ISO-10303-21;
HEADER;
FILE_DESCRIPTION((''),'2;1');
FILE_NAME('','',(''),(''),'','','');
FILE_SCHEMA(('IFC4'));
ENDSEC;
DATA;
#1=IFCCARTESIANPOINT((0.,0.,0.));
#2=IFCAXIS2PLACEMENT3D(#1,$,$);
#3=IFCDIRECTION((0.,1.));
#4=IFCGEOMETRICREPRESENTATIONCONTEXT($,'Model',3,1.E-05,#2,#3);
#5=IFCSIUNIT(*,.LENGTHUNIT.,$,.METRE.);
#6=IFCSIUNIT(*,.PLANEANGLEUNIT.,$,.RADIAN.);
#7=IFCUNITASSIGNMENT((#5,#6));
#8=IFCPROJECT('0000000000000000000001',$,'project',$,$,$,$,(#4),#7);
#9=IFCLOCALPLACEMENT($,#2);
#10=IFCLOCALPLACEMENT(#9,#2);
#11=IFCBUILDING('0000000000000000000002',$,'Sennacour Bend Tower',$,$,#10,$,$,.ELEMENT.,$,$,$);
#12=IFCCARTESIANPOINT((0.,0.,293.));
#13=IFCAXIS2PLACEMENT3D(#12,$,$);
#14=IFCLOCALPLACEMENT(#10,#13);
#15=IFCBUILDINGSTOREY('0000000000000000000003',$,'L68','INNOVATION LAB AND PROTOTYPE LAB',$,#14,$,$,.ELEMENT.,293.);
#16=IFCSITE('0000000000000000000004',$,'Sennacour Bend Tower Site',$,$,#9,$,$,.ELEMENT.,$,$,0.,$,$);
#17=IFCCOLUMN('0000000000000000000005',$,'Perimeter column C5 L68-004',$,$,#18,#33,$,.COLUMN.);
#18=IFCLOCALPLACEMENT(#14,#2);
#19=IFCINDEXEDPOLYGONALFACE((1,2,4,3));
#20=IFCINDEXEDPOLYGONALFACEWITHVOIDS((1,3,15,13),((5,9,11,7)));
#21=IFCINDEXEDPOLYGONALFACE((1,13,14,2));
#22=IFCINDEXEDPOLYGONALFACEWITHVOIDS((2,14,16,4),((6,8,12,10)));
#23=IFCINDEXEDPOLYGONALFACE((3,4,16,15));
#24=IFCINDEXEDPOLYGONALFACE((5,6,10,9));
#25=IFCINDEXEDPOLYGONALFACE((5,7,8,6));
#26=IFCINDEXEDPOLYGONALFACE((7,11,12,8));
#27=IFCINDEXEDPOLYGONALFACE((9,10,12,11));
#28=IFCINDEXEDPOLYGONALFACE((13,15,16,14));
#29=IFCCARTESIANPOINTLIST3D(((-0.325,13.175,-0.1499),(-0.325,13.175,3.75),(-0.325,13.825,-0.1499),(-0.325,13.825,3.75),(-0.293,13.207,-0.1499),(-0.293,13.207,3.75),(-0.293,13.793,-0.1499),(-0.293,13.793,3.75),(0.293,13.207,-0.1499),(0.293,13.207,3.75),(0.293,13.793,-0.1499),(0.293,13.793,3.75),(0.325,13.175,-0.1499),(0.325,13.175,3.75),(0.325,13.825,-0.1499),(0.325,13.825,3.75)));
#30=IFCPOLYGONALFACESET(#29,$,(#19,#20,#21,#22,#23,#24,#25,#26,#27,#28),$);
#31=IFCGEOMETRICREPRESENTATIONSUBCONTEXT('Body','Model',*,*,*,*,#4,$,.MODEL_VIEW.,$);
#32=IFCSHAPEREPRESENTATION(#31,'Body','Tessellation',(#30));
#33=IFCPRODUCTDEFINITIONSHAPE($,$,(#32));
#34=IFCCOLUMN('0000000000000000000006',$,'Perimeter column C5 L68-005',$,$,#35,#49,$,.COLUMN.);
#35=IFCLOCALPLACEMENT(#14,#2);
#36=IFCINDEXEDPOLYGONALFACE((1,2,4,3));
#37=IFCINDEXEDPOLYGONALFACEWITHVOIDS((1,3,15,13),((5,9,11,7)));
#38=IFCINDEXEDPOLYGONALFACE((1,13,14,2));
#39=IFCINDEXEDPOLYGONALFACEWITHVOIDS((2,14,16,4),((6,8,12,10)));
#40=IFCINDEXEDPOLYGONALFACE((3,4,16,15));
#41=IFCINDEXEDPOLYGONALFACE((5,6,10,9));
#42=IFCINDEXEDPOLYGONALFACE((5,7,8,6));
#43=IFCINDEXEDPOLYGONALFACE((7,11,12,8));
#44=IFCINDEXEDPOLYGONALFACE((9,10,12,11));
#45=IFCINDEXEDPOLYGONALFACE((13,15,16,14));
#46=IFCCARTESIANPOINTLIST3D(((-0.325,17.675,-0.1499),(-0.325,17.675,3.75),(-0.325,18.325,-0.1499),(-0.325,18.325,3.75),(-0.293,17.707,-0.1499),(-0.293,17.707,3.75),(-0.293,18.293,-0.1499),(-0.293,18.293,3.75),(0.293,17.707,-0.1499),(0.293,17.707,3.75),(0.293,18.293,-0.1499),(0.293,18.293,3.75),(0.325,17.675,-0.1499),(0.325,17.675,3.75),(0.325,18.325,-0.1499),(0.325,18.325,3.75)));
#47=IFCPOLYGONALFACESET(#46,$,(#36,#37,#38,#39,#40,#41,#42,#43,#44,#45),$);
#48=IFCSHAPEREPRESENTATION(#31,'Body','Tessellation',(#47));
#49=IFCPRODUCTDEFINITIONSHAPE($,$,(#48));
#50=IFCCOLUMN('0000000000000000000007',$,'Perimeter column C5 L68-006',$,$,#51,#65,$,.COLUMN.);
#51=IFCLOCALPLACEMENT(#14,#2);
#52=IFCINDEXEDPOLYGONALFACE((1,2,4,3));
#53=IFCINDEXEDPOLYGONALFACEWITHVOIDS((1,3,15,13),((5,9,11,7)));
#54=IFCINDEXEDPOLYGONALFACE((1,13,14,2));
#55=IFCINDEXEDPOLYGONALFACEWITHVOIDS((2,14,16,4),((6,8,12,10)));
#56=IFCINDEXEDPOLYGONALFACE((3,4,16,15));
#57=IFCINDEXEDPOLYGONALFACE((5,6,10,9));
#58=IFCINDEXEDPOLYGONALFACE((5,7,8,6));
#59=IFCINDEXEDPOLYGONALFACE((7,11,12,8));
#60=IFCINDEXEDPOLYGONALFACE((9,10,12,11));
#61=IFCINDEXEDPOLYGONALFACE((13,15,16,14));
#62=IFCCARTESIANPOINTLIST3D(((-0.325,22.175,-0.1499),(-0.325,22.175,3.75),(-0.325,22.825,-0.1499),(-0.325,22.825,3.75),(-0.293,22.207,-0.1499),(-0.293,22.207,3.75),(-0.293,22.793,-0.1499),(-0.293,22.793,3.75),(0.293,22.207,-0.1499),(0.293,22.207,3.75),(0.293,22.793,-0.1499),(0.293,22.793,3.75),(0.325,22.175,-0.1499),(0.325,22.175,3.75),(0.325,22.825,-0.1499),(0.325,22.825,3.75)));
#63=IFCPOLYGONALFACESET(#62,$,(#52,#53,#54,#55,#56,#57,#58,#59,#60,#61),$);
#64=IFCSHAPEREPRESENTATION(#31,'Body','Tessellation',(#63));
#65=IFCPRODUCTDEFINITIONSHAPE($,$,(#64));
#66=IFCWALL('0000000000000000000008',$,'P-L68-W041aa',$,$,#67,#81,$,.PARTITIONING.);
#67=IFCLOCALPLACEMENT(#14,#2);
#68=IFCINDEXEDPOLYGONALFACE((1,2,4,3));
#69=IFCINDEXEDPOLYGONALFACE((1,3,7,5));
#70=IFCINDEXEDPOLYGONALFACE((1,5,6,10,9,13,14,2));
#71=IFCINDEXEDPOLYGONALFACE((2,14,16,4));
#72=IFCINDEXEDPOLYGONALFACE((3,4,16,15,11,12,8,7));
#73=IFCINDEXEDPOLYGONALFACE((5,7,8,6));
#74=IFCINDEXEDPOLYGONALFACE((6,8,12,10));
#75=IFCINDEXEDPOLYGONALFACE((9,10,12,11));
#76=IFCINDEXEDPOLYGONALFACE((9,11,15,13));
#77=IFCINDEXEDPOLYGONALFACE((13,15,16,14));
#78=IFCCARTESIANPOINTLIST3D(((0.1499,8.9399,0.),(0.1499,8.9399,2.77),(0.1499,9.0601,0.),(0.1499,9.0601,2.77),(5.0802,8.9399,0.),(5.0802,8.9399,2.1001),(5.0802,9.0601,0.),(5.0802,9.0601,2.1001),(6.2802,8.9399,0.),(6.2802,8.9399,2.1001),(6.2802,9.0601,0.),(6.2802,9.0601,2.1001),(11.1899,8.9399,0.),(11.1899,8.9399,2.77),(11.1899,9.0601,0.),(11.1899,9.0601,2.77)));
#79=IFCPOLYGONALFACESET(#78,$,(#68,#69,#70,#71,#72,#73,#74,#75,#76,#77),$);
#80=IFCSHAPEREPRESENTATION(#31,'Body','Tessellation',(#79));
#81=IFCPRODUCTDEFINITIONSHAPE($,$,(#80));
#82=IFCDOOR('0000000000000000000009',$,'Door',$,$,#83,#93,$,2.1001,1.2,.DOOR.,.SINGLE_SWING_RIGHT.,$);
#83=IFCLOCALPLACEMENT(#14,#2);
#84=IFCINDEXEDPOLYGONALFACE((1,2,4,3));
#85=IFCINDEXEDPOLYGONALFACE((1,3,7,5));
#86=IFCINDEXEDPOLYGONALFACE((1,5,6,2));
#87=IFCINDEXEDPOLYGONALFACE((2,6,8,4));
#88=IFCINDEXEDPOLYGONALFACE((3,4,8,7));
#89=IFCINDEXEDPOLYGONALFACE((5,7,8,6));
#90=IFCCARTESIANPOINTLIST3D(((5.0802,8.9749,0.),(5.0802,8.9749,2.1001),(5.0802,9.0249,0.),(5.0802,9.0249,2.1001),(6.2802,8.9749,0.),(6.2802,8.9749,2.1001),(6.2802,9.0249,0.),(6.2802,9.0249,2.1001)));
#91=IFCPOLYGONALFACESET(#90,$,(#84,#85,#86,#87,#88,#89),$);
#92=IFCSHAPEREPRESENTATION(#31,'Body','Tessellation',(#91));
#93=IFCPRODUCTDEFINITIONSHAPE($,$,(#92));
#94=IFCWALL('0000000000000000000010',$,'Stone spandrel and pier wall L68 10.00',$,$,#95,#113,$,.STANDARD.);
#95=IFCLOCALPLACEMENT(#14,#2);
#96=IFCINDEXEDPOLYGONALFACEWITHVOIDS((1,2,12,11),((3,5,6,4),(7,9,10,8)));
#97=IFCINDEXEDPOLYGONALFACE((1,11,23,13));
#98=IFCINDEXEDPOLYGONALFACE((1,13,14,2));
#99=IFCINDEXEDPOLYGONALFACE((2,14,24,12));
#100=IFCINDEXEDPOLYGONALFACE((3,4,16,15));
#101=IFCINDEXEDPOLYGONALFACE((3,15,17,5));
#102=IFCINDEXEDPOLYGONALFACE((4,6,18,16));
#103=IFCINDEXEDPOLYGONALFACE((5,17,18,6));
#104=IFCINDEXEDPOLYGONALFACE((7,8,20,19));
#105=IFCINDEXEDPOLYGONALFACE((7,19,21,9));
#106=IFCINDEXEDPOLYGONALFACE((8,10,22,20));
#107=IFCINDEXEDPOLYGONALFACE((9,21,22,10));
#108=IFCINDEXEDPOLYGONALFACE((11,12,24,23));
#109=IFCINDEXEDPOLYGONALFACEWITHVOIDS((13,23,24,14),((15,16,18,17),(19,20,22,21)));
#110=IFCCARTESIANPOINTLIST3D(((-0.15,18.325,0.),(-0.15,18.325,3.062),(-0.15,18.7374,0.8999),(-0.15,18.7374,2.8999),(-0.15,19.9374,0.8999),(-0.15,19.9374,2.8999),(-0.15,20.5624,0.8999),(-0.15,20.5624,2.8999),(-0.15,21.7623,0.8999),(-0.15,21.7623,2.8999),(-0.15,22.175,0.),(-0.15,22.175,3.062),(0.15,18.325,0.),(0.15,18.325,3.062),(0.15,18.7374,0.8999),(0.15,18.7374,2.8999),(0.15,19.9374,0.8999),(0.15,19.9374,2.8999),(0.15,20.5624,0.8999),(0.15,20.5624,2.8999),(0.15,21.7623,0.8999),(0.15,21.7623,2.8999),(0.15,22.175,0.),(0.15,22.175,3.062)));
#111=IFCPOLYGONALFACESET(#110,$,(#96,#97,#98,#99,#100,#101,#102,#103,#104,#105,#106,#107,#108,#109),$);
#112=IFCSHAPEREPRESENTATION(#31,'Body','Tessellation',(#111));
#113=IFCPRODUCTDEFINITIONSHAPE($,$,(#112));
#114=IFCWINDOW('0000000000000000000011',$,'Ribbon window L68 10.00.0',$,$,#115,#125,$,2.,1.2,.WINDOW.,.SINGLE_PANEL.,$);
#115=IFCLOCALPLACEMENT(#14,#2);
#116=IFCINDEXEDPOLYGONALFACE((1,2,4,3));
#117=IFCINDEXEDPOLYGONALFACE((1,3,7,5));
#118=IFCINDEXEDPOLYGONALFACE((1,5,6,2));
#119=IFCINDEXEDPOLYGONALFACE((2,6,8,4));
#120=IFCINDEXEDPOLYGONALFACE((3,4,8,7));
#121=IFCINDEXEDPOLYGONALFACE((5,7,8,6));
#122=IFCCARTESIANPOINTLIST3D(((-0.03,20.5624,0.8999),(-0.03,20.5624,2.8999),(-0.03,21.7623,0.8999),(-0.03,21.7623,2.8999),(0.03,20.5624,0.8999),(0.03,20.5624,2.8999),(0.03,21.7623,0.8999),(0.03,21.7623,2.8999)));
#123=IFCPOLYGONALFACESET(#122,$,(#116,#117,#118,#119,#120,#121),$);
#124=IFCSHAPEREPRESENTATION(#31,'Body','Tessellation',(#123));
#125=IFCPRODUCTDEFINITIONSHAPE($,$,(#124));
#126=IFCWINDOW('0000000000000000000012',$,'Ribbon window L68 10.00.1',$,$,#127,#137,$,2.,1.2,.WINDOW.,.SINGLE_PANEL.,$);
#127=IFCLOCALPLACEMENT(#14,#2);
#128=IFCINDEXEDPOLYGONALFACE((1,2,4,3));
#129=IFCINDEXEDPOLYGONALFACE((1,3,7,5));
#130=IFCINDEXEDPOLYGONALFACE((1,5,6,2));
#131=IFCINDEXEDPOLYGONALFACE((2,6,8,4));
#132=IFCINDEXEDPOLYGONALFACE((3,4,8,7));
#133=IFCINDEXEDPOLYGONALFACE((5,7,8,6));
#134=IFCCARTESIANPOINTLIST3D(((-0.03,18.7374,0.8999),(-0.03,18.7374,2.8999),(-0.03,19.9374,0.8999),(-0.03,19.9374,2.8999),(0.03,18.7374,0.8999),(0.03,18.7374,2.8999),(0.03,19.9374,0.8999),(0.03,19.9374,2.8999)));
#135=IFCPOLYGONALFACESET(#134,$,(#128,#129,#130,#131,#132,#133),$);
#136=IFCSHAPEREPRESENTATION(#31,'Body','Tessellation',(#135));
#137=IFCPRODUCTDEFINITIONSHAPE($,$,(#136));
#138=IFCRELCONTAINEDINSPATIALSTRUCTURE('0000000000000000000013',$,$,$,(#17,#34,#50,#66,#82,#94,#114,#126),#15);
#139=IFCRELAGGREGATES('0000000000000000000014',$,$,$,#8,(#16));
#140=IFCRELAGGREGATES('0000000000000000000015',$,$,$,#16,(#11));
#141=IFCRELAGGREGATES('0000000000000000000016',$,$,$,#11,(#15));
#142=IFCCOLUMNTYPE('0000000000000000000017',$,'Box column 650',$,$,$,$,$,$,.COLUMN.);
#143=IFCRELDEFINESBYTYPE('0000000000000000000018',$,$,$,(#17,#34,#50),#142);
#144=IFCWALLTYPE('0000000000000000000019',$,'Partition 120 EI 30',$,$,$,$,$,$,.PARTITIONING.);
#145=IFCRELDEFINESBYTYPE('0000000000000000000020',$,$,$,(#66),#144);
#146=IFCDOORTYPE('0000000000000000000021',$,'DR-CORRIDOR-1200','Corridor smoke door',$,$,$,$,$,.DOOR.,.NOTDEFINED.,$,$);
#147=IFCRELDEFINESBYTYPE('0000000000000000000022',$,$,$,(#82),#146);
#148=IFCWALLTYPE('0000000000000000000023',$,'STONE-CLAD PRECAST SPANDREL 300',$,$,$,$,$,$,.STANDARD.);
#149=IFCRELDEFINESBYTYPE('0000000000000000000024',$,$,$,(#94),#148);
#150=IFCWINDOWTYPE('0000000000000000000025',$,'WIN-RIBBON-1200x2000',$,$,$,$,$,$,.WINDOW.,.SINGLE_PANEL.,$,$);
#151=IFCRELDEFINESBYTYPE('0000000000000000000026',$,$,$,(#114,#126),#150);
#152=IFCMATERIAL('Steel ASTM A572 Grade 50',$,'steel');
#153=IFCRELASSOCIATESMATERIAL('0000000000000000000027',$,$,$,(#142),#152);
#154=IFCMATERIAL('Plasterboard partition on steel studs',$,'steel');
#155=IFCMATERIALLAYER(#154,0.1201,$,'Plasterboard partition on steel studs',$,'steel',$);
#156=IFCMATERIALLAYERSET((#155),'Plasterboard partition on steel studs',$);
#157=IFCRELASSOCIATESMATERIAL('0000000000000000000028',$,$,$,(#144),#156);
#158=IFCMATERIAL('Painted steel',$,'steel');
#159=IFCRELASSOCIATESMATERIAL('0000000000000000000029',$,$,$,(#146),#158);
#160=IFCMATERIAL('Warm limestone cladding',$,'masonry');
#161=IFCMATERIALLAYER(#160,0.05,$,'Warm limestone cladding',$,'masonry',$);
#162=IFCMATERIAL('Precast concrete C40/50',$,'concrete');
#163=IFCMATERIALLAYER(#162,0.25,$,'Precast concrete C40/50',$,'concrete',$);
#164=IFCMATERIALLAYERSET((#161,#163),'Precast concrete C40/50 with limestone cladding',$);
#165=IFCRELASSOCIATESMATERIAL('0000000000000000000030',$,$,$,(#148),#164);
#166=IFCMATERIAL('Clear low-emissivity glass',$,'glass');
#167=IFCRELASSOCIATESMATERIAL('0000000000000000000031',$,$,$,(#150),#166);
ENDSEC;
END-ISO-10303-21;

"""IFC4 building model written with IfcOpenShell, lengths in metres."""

from ifc_helpers import new_model, si_unit, direction, frame, frame_2d, origin, origin_2d, place, context, subcontext, project, spatial, rectangle, hollow_rectangle, extrude, material, layer, layer_set, material_profile, profile_set, type_object, element, fill, save


model = new_model("IFC4")

# Units and contexts
model_context = context("Model", 3, precision=1e-05, world=origin(), true_north=direction((0.0, 1.0)))
body_context = subcontext(model_context, "Body", "Model", "MODEL_VIEW")
ifc_project = project(units=[si_unit("LENGTHUNIT", "METRE"), si_unit("PLANEANGLEUNIT", "RADIAN")], contexts=[model_context])

# Site, building, storey
site_placement = place(None, origin())
site = spatial("IfcSite", under=ifc_project, at=site_placement, Name="Sennacour Bend Tower Site", CompositionType="ELEMENT", RefElevation=0.0)
building_placement = place(site_placement, origin())
building = spatial("IfcBuilding", under=site, at=building_placement, Name="Sennacour Bend Tower", CompositionType="ELEMENT")
storey_placement = place(building_placement, frame((0.0, 0.0, 293.0)))
storey = spatial("IfcBuildingStorey", under=building, at=storey_placement, Name="L68", Description="INNOVATION LAB AND PROTOTYPE LAB", CompositionType="ELEMENT", Elevation=293.0)

# Columns
ifc_material_1 = material(Name="Steel ASTM A572 Grade 50", Category="steel")
ifc_material_profile = material_profile(ifc_material_1, hollow_rectangle(XDim=0.6499, YDim=0.6499, WallThickness=0.032, at=origin_2d()), Name="Steel ASTM A572 Grade 50", Category="steel")
ifc_profile_set = profile_set([ifc_material_profile], Name="Steel ASTM A572 Grade 50")
column_type = type_object("IfcColumnType", Name="Box column 650", PredefinedType="COLUMN", material=ifc_profile_set)
for number, where, z_axis, x_axis, name in (
    (1, (0.0, 13.5, -0.1499), (0.0, 0.0, 1.0), (1.0, 0.0, 0.0), "Perimeter column C5 L68-004"),
    (2, (0.0, 18.0, -0.1499), (0.0, 0.0, 1.0), (1.0, 0.0, 0.0), "Perimeter column C5 L68-005"),
    (3, (0.0, 22.5, -0.1499), (0.0, 0.0, 1.0), (1.0, 0.0, 0.0), "Perimeter column C5 L68-006"),
):
    element("IfcColumn", number, at=place(storey_placement, frame(where, z_axis=z_axis, x_axis=x_axis)), inside=storey, type_object=column_type, Name=name, PredefinedType="COLUMN", context=body_context, shape_type="SweptSolid", body=[
        extrude(hollow_rectangle(XDim=0.6499, YDim=0.6499, WallThickness=0.032, at=origin_2d()), origin(), (0.0, 0.0, 1.0), 3.8999),
    ])

# Wall, opening, door
ifc_material_2 = material(Name="Plasterboard partition on steel studs", Category="steel")
ifc_layer_1 = layer(ifc_material_2, 0.1201, Name="Plasterboard partition on steel studs", Category="steel")
ifc_layer_set_1 = layer_set([ifc_layer_1], Name="Plasterboard partition on steel studs")
wall_type_1 = type_object("IfcWallType", Name="Partition 120 EI 30", PredefinedType="PARTITIONING", material=ifc_layer_set_1)
wall_1_placement = place(storey_placement, frame((0.1499, 9.0, 0.0), z_axis=(0.0, 0.0, 1.0), x_axis=(1.0, 0.0, 0.0)))
wall_1 = element("IfcWall", 4, at=wall_1_placement, inside=storey, type_object=wall_type_1, Name="P-L68-W041aa", PredefinedType="PARTITIONING", context=body_context, shape_type="SweptSolid", body=[
    extrude(rectangle(XDim=11.04, YDim=0.1201, at=frame_2d((5.52, 0.0))), origin(), (0.0, 0.0, 1.0), 2.77),
])
opening_1_placement = place(wall_1_placement, frame((4.9302, 0.0, 0.0)))
opening_1 = element("IfcOpeningElement", 5, at=opening_1_placement, cuts=wall_1, PredefinedType="OPENING", context=body_context, shape_type="SweptSolid", body=[
    extrude(rectangle(XDim=1.2, YDim=2.1001, at=frame_2d((0.6001, 1.05))), frame((0.0, 0.0701, 0.0), z_axis=(0.0, -1.0, 0.0), x_axis=(1.0, 0.0, 0.0)), (0.0, 0.0, 1.0), 0.1401),
])
ifc_material_3 = material(Name="Painted steel", Category="steel")
door_type = type_object("IfcDoorType", Name="DR-CORRIDOR-1200", Description="Corridor smoke door", OperationType="NOTDEFINED", PredefinedType="DOOR", material=ifc_material_3)
door_placement = place(opening_1_placement, origin())
door = element("IfcDoor", 6, at=door_placement, inside=storey, type_object=door_type, Name="Door", OperationType="SINGLE_SWING_RIGHT", OverallHeight=2.1001, OverallWidth=1.2, PredefinedType="DOOR", context=body_context, shape_type="SweptSolid", body=[
    extrude(rectangle(XDim=1.2, YDim=2.1001, at=frame_2d((0.6001, 1.05))), frame((0.0, 0.0249, 0.0), z_axis=(0.0, -1.0, 0.0), x_axis=(1.0, 0.0, 0.0)), (0.0, 0.0, 1.0), 0.05),
])
fill(opening_1, door)

# Wall, openings, windows
ifc_material_4 = material(Name="Warm limestone cladding", Category="masonry")
ifc_layer_2 = layer(ifc_material_4, 0.05, Name="Warm limestone cladding", Category="masonry")
ifc_material_5 = material(Name="Precast concrete C40/50", Category="concrete")
ifc_layer_3 = layer(ifc_material_5, 0.25, Name="Precast concrete C40/50", Category="concrete")
ifc_layer_set_2 = layer_set([ifc_layer_2, ifc_layer_3], Name="Precast concrete C40/50 with limestone cladding")
wall_type_2 = type_object("IfcWallType", Name="STONE-CLAD PRECAST SPANDREL 300", PredefinedType="STANDARD", material=ifc_layer_set_2)
wall_2_placement = place(storey_placement, frame((0.0, 22.175, 0.0), z_axis=(0.0, 0.0, 1.0), x_axis=(0.0, -1.0, 0.0)))
wall_2 = element("IfcWall", 7, at=wall_2_placement, inside=storey, type_object=wall_type_2, Name="Stone spandrel and pier wall L68 10.00", PredefinedType="STANDARD", context=body_context, shape_type="SweptSolid", body=[
    extrude(rectangle(XDim=3.8501, YDim=0.3, at=frame_2d((1.925, 0.0))), origin(), (0.0, 0.0, 1.0), 3.062),
])
opening_2_placement = place(wall_2_placement, frame((0.4126, 0.0, 0.8999)))
opening_2 = element("IfcOpeningElement", 8, at=opening_2_placement, cuts=wall_2, PredefinedType="OPENING", context=body_context, shape_type="SweptSolid", body=[
    extrude(rectangle(XDim=1.2, YDim=2.0, at=frame_2d((0.6001, 1.0))), frame((0.0, 0.1602, 0.0), z_axis=(0.0, -1.0, 0.0), x_axis=(1.0, 0.0, 0.0)), (0.0, 0.0, 1.0), 0.3201),
])
opening_3_placement = place(wall_2_placement, frame((2.2375, 0.0, 0.8999)))
opening_3 = element("IfcOpeningElement", 9, at=opening_3_placement, cuts=wall_2, PredefinedType="OPENING", context=body_context, shape_type="SweptSolid", body=[
    extrude(rectangle(XDim=1.2, YDim=2.0, at=frame_2d((0.6001, 1.0))), frame((0.0, 0.1602, 0.0), z_axis=(0.0, -1.0, 0.0), x_axis=(1.0, 0.0, 0.0)), (0.0, 0.0, 1.0), 0.3201),
])
ifc_material_6 = material(Name="Clear low-emissivity glass", Category="glass")
window_type = type_object("IfcWindowType", Name="WIN-RIBBON-1200x2000", PartitioningType="SINGLE_PANEL", PredefinedType="WINDOW", material=ifc_material_6)
window_1_placement = place(opening_2_placement, origin())
window_1 = element("IfcWindow", 10, at=window_1_placement, inside=storey, type_object=window_type, Name="Ribbon window L68 10.00.0", OverallHeight=2.0, OverallWidth=1.2, PartitioningType="SINGLE_PANEL", PredefinedType="WINDOW", context=body_context, shape_type="SweptSolid", body=[
    extrude(rectangle(XDim=1.2, YDim=2.0, at=frame_2d((0.6001, 1.0))), frame((0.0, 0.03, 0.0), z_axis=(0.0, -1.0, 0.0), x_axis=(1.0, 0.0, 0.0)), (0.0, 0.0, 1.0), 0.0601),
])
fill(opening_2, window_1)
window_2_placement = place(opening_3_placement, origin())
window_2 = element("IfcWindow", 11, at=window_2_placement, inside=storey, type_object=window_type, Name="Ribbon window L68 10.00.1", OverallHeight=2.0, OverallWidth=1.2, PartitioningType="SINGLE_PANEL", PredefinedType="WINDOW", context=body_context, shape_type="SweptSolid", body=[
    extrude(rectangle(XDim=1.2, YDim=2.0, at=frame_2d((0.6001, 1.0))), frame((0.0, 0.03, 0.0), z_axis=(0.0, -1.0, 0.0), x_axis=(1.0, 0.0, 0.0)), (0.0, 0.0, 1.0), 0.0601),
])
fill(opening_3, window_2)

save(model, "model.ifc")
